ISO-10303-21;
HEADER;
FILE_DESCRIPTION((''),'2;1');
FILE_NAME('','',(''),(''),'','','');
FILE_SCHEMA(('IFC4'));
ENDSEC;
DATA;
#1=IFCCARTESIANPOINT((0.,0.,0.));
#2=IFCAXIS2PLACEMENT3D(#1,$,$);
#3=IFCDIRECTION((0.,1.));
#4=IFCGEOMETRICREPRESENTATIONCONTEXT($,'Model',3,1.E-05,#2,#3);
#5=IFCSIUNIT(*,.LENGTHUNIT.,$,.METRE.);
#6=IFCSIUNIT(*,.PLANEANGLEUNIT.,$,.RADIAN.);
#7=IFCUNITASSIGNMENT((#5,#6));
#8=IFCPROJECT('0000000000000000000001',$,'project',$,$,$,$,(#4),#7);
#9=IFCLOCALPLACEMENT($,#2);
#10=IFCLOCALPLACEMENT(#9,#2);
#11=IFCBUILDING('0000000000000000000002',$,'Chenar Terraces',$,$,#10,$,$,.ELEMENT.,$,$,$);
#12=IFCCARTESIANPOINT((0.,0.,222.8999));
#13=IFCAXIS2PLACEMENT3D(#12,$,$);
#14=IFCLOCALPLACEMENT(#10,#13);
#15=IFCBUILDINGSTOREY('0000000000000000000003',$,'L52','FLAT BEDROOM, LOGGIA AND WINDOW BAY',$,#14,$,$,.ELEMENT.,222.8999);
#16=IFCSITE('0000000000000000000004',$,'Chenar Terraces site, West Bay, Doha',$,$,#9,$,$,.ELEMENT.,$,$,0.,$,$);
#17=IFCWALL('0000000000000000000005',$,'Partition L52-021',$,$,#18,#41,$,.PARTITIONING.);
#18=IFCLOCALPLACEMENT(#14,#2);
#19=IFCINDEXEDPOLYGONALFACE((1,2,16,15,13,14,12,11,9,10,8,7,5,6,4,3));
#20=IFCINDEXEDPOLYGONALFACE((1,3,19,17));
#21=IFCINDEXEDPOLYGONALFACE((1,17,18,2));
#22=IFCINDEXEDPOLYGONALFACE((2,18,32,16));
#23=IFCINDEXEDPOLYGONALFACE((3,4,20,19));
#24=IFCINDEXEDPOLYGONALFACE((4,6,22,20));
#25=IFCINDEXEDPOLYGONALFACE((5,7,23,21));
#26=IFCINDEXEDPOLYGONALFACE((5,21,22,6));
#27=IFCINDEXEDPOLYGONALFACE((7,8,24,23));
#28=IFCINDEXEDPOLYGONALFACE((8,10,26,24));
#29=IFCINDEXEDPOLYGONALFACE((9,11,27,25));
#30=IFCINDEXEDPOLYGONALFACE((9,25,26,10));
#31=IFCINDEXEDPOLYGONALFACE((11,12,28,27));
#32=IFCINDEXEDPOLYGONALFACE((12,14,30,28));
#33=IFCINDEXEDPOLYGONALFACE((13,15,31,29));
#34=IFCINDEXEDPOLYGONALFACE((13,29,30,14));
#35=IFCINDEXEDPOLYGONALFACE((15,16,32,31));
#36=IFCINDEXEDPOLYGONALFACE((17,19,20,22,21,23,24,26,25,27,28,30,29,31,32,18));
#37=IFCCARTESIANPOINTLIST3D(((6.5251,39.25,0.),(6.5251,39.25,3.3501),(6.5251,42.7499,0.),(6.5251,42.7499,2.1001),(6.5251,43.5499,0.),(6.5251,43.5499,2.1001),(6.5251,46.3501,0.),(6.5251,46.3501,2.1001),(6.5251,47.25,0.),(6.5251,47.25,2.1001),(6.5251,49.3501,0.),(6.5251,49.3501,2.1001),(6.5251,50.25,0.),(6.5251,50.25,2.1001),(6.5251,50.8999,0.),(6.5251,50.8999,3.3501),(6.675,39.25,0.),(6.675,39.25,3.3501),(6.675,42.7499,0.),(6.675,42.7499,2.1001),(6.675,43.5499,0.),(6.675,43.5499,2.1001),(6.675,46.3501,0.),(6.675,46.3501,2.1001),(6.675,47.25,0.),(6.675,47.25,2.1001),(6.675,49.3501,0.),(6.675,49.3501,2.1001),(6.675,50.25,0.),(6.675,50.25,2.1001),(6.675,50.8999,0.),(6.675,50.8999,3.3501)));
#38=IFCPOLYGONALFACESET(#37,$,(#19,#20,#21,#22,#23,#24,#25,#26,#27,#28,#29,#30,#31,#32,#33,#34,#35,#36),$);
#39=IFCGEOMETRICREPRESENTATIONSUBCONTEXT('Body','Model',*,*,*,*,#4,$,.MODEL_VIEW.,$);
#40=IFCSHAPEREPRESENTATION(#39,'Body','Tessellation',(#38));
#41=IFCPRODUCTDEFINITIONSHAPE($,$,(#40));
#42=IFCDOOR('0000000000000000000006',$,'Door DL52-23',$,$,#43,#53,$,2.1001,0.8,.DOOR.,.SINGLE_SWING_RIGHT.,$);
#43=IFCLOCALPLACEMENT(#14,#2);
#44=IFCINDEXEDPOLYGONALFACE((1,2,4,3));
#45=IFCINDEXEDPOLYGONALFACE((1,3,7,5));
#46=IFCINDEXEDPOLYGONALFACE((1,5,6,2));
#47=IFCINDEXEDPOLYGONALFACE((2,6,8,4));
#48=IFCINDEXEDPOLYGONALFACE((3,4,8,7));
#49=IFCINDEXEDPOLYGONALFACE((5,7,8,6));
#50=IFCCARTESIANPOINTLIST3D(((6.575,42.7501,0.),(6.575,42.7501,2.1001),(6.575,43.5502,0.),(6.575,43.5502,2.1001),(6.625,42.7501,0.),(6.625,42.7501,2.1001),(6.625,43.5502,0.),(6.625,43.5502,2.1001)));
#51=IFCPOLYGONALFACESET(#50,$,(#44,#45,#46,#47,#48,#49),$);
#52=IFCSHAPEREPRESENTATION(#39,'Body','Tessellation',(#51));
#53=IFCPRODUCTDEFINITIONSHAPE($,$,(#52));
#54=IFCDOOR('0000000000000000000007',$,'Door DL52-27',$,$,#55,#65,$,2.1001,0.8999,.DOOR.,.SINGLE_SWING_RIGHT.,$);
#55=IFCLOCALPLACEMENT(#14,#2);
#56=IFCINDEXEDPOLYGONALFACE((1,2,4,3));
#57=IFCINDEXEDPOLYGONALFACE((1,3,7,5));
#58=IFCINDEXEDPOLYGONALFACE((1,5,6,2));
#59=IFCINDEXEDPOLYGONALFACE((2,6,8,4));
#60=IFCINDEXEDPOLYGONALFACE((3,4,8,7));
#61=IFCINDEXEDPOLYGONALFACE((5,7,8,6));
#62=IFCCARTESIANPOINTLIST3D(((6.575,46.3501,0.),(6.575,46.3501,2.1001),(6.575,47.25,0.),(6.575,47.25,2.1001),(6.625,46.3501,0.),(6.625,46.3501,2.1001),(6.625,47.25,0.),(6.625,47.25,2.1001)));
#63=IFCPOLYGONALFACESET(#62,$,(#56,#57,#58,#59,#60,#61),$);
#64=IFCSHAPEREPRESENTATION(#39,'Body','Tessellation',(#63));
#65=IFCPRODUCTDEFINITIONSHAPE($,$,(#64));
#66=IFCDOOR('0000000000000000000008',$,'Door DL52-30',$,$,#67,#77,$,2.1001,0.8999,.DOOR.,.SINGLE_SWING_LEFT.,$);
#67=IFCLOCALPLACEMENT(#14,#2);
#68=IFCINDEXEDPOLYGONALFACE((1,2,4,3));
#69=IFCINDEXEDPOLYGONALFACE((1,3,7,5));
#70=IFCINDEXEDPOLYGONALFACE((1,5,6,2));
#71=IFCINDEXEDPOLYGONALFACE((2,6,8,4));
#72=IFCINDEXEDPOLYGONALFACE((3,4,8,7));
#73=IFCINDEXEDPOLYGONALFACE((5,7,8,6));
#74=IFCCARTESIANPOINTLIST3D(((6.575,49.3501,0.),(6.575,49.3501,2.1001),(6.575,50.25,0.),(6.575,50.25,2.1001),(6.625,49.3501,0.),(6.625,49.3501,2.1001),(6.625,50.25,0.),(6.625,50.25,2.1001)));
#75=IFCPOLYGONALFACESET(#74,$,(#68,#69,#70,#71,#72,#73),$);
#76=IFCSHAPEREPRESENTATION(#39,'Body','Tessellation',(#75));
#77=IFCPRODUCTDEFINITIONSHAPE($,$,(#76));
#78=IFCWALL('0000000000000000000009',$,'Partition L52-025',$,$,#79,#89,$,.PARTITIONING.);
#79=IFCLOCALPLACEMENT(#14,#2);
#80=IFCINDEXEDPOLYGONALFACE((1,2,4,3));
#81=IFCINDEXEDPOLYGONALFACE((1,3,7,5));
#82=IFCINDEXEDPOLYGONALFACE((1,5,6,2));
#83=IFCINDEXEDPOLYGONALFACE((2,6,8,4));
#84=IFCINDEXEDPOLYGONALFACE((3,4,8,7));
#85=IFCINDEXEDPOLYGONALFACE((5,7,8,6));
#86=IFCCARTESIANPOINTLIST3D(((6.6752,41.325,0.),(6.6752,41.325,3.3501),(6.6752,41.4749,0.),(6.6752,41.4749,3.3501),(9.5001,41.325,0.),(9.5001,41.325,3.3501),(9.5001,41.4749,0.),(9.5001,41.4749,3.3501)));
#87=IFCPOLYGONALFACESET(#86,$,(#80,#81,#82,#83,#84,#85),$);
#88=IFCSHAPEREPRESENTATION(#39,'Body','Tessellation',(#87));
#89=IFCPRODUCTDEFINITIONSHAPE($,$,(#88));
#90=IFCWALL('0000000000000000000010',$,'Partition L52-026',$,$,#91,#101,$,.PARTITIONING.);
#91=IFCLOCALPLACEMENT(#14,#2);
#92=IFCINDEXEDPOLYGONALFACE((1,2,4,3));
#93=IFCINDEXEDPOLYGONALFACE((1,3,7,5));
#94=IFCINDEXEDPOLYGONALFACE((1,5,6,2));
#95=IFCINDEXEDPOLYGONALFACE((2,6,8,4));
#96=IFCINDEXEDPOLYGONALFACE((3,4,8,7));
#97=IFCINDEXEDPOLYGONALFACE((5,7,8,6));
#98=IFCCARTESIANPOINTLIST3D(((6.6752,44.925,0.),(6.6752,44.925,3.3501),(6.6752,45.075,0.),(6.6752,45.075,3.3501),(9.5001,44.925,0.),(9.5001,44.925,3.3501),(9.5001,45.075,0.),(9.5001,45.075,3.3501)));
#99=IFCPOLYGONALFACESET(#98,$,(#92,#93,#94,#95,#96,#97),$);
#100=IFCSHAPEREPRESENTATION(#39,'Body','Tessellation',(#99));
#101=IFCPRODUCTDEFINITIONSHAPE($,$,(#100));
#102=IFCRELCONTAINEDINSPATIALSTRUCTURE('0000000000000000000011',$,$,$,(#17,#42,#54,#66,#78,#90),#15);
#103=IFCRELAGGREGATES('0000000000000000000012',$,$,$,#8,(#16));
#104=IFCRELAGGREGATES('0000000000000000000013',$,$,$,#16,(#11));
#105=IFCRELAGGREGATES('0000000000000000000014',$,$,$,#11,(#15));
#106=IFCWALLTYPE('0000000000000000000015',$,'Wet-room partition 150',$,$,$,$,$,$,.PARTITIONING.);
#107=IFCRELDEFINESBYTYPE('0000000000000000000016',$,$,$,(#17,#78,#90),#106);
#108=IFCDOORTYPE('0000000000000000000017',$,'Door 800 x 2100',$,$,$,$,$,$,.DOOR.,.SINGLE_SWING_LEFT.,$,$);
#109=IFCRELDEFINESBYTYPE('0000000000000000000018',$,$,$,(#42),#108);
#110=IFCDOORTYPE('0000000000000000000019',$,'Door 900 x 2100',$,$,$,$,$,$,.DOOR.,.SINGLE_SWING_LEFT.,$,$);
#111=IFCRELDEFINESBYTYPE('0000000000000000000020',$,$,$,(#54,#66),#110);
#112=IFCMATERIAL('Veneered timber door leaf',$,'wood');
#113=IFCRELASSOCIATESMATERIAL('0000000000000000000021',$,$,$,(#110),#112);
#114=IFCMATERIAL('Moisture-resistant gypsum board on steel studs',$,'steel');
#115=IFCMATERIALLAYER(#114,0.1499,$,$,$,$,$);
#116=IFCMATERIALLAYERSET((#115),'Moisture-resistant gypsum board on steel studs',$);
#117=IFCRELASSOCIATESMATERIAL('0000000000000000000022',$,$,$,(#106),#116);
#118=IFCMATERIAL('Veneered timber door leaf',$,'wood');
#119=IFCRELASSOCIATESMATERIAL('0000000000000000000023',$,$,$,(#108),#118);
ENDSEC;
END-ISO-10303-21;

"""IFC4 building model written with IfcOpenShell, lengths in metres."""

from ifc_helpers import new_model, si_unit, direction, frame, frame_2d, origin, place, context, subcontext, project, spatial, rectangle, extrude, material, layer, layer_set, type_object, element, fill, save


model = new_model("IFC4")

# Units and contexts
model_context = context("Model", 3, precision=1e-05, world=origin(), true_north=direction((0.0, 1.0)))
body_context = subcontext(model_context, "Body", "Model", "MODEL_VIEW")
ifc_project = project(units=[si_unit("LENGTHUNIT", "METRE"), si_unit("PLANEANGLEUNIT", "RADIAN")], contexts=[model_context])

# Site, building, storey
site_placement = place(None, origin())
site = spatial("IfcSite", under=ifc_project, at=site_placement, Name="Chenar Terraces site, West Bay, Doha", CompositionType="ELEMENT", RefElevation=0.0)
building_placement = place(site_placement, origin())
building = spatial("IfcBuilding", under=site, at=building_placement, Name="Chenar Terraces", CompositionType="ELEMENT")
storey_placement = place(building_placement, frame((0.0, 0.0, 222.8999)))
storey = spatial("IfcBuildingStorey", under=building, at=storey_placement, Name="L52", Description="FLAT BEDROOM, LOGGIA AND WINDOW BAY", CompositionType="ELEMENT", Elevation=222.8999)

# Shared definitions
ifc_material_1 = material(Name="Veneered timber door leaf", Category="wood")
door_type_1 = type_object("IfcDoorType", Name="Door 900 x 2100", OperationType="SINGLE_SWING_LEFT", PredefinedType="DOOR", material=ifc_material_1)

# Wall, openings, doors
ifc_material_2 = material(Name="Moisture-resistant gypsum board on steel studs", Category="steel")
ifc_layer_1 = layer(ifc_material_2, 0.1499)
ifc_layer_set_1 = layer_set([ifc_layer_1], Name="Moisture-resistant gypsum board on steel studs")
wall_type_1 = type_object("IfcWallType", Name="Wet-room partition 150", PredefinedType="PARTITIONING", material=ifc_layer_set_1)
wall_1_placement = place(storey_placement, frame((6.6001, 39.25, 0.0), z_axis=(0.0, 0.0, 1.0), x_axis=(0.0, 1.0, 0.0)))
wall_1 = element("IfcWall", 1, at=wall_1_placement, inside=storey, type_object=wall_type_1, Name="Partition L52-021", PredefinedType="PARTITIONING", context=body_context, shape_type="SweptSolid", body=[
    extrude(rectangle(XDim=11.6499, YDim=0.1499, at=frame_2d((5.825, 0.0))), origin(), (0.0, 0.0, 1.0), 3.3501),
])
opening_1_placement = place(wall_1_placement, frame((3.5, 0.0, 0.0)))
opening_1 = element("IfcOpeningElement", 2, at=opening_1_placement, cuts=wall_1, PredefinedType="OPENING", context=body_context, shape_type="SweptSolid", body=[
    extrude(rectangle(XDim=0.8, YDim=2.1001, at=frame_2d((0.3999, 1.05))), frame((0.0, 0.085, 0.0), z_axis=(0.0, -1.0, 0.0), x_axis=(1.0, 0.0, 0.0)), (0.0, 0.0, 1.0), 0.1699),
])
opening_2_placement = place(wall_1_placement, frame((7.1001, 0.0, 0.0)))
opening_2 = element("IfcOpeningElement", 3, at=opening_2_placement, cuts=wall_1, PredefinedType="OPENING", context=body_context, shape_type="SweptSolid", body=[
    extrude(rectangle(XDim=0.8999, YDim=2.1001, at=frame_2d((0.45, 1.05))), frame((0.0, 0.085, 0.0), z_axis=(0.0, -1.0, 0.0), x_axis=(1.0, 0.0, 0.0)), (0.0, 0.0, 1.0), 0.1699),
])
opening_3_placement = place(wall_1_placement, frame((10.1001, 0.0, 0.0)))
opening_3 = element("IfcOpeningElement", 4, at=opening_3_placement, cuts=wall_1, PredefinedType="OPENING", context=body_context, shape_type="SweptSolid", body=[
    extrude(rectangle(XDim=0.8999, YDim=2.1001, at=frame_2d((0.45, 1.05))), frame((0.0, 0.085, 0.0), z_axis=(0.0, -1.0, 0.0), x_axis=(1.0, 0.0, 0.0)), (0.0, 0.0, 1.0), 0.1699),
])
ifc_material_3 = material(Name="Veneered timber door leaf", Category="wood")
door_type_2 = type_object("IfcDoorType", Name="Door 800 x 2100", OperationType="SINGLE_SWING_LEFT", PredefinedType="DOOR", material=ifc_material_3)
door_1_placement = place(opening_1_placement, frame((0.8, 0.0, 0.0), z_axis=(0.0, 0.0, 1.0), x_axis=(-1.0, 0.0, 0.0)))
door_1 = element("IfcDoor", 5, at=door_1_placement, inside=storey, type_object=door_type_2, Name="Door DL52-23", OperationType="SINGLE_SWING_RIGHT", OverallHeight=2.1001, OverallWidth=0.8, PredefinedType="DOOR", context=body_context, shape_type="SweptSolid", body=[
    extrude(rectangle(XDim=0.8, YDim=2.1001, at=frame_2d((0.3999, 1.05))), frame((0.0, 0.0249, 0.0), z_axis=(0.0, -1.0, 0.0), x_axis=(1.0, 0.0, 0.0)), (0.0, 0.0, 1.0), 0.05),
])
fill(opening_1, door_1)
door_2_placement = place(opening_2_placement, frame((0.8999, 0.0, 0.0), z_axis=(0.0, 0.0, 1.0), x_axis=(-1.0, 0.0, 0.0)))
door_2 = element("IfcDoor", 6, at=door_2_placement, inside=storey, type_object=door_type_1, Name="Door DL52-27", OperationType="SINGLE_SWING_RIGHT", OverallHeight=2.1001, OverallWidth=0.8999, PredefinedType="DOOR", context=body_context, shape_type="SweptSolid", body=[
    extrude(rectangle(XDim=0.8999, YDim=2.1001, at=frame_2d((0.45, 1.05))), frame((0.0, 0.0249, 0.0), z_axis=(0.0, -1.0, 0.0), x_axis=(1.0, 0.0, 0.0)), (0.0, 0.0, 1.0), 0.05),
])
fill(opening_2, door_2)
door_3_placement = place(opening_3_placement, frame((0.8999, 0.0, 0.0), z_axis=(0.0, 0.0, 1.0), x_axis=(-1.0, 0.0, 0.0)))
door_3 = element("IfcDoor", 7, at=door_3_placement, inside=storey, type_object=door_type_1, Name="Door DL52-30", OperationType="SINGLE_SWING_LEFT", OverallHeight=2.1001, OverallWidth=0.8999, PredefinedType="DOOR", context=body_context, shape_type="SweptSolid", body=[
    extrude(rectangle(XDim=0.8999, YDim=2.1001, at=frame_2d((0.45, 1.05))), frame((0.0, 0.0249, 0.0), z_axis=(0.0, -1.0, 0.0), x_axis=(1.0, 0.0, 0.0)), (0.0, 0.0, 1.0), 0.05),
])
fill(opening_3, door_3)

# Walls
for number, where, z_axis, x_axis, name in (
    (8, (6.675, 41.3999, 0.0), (0.0, 0.0, 1.0), (1.0, 0.0, 0.0), "Partition L52-025"),
    (9, (6.675, 45.0, 0.0), (0.0, 0.0, 1.0), (1.0, 0.0, 0.0), "Partition L52-026"),
):
    element("IfcWall", number, at=place(storey_placement, frame(where, z_axis=z_axis, x_axis=x_axis)), inside=storey, type_object=wall_type_1, Name=name, PredefinedType="PARTITIONING", context=body_context, shape_type="SweptSolid", body=[
        extrude(rectangle(XDim=2.825, YDim=0.1499, at=frame_2d((1.4126, 0.0))), origin(), (0.0, 0.0, 1.0), 3.3501),
    ])

save(model, "model.ifc")
